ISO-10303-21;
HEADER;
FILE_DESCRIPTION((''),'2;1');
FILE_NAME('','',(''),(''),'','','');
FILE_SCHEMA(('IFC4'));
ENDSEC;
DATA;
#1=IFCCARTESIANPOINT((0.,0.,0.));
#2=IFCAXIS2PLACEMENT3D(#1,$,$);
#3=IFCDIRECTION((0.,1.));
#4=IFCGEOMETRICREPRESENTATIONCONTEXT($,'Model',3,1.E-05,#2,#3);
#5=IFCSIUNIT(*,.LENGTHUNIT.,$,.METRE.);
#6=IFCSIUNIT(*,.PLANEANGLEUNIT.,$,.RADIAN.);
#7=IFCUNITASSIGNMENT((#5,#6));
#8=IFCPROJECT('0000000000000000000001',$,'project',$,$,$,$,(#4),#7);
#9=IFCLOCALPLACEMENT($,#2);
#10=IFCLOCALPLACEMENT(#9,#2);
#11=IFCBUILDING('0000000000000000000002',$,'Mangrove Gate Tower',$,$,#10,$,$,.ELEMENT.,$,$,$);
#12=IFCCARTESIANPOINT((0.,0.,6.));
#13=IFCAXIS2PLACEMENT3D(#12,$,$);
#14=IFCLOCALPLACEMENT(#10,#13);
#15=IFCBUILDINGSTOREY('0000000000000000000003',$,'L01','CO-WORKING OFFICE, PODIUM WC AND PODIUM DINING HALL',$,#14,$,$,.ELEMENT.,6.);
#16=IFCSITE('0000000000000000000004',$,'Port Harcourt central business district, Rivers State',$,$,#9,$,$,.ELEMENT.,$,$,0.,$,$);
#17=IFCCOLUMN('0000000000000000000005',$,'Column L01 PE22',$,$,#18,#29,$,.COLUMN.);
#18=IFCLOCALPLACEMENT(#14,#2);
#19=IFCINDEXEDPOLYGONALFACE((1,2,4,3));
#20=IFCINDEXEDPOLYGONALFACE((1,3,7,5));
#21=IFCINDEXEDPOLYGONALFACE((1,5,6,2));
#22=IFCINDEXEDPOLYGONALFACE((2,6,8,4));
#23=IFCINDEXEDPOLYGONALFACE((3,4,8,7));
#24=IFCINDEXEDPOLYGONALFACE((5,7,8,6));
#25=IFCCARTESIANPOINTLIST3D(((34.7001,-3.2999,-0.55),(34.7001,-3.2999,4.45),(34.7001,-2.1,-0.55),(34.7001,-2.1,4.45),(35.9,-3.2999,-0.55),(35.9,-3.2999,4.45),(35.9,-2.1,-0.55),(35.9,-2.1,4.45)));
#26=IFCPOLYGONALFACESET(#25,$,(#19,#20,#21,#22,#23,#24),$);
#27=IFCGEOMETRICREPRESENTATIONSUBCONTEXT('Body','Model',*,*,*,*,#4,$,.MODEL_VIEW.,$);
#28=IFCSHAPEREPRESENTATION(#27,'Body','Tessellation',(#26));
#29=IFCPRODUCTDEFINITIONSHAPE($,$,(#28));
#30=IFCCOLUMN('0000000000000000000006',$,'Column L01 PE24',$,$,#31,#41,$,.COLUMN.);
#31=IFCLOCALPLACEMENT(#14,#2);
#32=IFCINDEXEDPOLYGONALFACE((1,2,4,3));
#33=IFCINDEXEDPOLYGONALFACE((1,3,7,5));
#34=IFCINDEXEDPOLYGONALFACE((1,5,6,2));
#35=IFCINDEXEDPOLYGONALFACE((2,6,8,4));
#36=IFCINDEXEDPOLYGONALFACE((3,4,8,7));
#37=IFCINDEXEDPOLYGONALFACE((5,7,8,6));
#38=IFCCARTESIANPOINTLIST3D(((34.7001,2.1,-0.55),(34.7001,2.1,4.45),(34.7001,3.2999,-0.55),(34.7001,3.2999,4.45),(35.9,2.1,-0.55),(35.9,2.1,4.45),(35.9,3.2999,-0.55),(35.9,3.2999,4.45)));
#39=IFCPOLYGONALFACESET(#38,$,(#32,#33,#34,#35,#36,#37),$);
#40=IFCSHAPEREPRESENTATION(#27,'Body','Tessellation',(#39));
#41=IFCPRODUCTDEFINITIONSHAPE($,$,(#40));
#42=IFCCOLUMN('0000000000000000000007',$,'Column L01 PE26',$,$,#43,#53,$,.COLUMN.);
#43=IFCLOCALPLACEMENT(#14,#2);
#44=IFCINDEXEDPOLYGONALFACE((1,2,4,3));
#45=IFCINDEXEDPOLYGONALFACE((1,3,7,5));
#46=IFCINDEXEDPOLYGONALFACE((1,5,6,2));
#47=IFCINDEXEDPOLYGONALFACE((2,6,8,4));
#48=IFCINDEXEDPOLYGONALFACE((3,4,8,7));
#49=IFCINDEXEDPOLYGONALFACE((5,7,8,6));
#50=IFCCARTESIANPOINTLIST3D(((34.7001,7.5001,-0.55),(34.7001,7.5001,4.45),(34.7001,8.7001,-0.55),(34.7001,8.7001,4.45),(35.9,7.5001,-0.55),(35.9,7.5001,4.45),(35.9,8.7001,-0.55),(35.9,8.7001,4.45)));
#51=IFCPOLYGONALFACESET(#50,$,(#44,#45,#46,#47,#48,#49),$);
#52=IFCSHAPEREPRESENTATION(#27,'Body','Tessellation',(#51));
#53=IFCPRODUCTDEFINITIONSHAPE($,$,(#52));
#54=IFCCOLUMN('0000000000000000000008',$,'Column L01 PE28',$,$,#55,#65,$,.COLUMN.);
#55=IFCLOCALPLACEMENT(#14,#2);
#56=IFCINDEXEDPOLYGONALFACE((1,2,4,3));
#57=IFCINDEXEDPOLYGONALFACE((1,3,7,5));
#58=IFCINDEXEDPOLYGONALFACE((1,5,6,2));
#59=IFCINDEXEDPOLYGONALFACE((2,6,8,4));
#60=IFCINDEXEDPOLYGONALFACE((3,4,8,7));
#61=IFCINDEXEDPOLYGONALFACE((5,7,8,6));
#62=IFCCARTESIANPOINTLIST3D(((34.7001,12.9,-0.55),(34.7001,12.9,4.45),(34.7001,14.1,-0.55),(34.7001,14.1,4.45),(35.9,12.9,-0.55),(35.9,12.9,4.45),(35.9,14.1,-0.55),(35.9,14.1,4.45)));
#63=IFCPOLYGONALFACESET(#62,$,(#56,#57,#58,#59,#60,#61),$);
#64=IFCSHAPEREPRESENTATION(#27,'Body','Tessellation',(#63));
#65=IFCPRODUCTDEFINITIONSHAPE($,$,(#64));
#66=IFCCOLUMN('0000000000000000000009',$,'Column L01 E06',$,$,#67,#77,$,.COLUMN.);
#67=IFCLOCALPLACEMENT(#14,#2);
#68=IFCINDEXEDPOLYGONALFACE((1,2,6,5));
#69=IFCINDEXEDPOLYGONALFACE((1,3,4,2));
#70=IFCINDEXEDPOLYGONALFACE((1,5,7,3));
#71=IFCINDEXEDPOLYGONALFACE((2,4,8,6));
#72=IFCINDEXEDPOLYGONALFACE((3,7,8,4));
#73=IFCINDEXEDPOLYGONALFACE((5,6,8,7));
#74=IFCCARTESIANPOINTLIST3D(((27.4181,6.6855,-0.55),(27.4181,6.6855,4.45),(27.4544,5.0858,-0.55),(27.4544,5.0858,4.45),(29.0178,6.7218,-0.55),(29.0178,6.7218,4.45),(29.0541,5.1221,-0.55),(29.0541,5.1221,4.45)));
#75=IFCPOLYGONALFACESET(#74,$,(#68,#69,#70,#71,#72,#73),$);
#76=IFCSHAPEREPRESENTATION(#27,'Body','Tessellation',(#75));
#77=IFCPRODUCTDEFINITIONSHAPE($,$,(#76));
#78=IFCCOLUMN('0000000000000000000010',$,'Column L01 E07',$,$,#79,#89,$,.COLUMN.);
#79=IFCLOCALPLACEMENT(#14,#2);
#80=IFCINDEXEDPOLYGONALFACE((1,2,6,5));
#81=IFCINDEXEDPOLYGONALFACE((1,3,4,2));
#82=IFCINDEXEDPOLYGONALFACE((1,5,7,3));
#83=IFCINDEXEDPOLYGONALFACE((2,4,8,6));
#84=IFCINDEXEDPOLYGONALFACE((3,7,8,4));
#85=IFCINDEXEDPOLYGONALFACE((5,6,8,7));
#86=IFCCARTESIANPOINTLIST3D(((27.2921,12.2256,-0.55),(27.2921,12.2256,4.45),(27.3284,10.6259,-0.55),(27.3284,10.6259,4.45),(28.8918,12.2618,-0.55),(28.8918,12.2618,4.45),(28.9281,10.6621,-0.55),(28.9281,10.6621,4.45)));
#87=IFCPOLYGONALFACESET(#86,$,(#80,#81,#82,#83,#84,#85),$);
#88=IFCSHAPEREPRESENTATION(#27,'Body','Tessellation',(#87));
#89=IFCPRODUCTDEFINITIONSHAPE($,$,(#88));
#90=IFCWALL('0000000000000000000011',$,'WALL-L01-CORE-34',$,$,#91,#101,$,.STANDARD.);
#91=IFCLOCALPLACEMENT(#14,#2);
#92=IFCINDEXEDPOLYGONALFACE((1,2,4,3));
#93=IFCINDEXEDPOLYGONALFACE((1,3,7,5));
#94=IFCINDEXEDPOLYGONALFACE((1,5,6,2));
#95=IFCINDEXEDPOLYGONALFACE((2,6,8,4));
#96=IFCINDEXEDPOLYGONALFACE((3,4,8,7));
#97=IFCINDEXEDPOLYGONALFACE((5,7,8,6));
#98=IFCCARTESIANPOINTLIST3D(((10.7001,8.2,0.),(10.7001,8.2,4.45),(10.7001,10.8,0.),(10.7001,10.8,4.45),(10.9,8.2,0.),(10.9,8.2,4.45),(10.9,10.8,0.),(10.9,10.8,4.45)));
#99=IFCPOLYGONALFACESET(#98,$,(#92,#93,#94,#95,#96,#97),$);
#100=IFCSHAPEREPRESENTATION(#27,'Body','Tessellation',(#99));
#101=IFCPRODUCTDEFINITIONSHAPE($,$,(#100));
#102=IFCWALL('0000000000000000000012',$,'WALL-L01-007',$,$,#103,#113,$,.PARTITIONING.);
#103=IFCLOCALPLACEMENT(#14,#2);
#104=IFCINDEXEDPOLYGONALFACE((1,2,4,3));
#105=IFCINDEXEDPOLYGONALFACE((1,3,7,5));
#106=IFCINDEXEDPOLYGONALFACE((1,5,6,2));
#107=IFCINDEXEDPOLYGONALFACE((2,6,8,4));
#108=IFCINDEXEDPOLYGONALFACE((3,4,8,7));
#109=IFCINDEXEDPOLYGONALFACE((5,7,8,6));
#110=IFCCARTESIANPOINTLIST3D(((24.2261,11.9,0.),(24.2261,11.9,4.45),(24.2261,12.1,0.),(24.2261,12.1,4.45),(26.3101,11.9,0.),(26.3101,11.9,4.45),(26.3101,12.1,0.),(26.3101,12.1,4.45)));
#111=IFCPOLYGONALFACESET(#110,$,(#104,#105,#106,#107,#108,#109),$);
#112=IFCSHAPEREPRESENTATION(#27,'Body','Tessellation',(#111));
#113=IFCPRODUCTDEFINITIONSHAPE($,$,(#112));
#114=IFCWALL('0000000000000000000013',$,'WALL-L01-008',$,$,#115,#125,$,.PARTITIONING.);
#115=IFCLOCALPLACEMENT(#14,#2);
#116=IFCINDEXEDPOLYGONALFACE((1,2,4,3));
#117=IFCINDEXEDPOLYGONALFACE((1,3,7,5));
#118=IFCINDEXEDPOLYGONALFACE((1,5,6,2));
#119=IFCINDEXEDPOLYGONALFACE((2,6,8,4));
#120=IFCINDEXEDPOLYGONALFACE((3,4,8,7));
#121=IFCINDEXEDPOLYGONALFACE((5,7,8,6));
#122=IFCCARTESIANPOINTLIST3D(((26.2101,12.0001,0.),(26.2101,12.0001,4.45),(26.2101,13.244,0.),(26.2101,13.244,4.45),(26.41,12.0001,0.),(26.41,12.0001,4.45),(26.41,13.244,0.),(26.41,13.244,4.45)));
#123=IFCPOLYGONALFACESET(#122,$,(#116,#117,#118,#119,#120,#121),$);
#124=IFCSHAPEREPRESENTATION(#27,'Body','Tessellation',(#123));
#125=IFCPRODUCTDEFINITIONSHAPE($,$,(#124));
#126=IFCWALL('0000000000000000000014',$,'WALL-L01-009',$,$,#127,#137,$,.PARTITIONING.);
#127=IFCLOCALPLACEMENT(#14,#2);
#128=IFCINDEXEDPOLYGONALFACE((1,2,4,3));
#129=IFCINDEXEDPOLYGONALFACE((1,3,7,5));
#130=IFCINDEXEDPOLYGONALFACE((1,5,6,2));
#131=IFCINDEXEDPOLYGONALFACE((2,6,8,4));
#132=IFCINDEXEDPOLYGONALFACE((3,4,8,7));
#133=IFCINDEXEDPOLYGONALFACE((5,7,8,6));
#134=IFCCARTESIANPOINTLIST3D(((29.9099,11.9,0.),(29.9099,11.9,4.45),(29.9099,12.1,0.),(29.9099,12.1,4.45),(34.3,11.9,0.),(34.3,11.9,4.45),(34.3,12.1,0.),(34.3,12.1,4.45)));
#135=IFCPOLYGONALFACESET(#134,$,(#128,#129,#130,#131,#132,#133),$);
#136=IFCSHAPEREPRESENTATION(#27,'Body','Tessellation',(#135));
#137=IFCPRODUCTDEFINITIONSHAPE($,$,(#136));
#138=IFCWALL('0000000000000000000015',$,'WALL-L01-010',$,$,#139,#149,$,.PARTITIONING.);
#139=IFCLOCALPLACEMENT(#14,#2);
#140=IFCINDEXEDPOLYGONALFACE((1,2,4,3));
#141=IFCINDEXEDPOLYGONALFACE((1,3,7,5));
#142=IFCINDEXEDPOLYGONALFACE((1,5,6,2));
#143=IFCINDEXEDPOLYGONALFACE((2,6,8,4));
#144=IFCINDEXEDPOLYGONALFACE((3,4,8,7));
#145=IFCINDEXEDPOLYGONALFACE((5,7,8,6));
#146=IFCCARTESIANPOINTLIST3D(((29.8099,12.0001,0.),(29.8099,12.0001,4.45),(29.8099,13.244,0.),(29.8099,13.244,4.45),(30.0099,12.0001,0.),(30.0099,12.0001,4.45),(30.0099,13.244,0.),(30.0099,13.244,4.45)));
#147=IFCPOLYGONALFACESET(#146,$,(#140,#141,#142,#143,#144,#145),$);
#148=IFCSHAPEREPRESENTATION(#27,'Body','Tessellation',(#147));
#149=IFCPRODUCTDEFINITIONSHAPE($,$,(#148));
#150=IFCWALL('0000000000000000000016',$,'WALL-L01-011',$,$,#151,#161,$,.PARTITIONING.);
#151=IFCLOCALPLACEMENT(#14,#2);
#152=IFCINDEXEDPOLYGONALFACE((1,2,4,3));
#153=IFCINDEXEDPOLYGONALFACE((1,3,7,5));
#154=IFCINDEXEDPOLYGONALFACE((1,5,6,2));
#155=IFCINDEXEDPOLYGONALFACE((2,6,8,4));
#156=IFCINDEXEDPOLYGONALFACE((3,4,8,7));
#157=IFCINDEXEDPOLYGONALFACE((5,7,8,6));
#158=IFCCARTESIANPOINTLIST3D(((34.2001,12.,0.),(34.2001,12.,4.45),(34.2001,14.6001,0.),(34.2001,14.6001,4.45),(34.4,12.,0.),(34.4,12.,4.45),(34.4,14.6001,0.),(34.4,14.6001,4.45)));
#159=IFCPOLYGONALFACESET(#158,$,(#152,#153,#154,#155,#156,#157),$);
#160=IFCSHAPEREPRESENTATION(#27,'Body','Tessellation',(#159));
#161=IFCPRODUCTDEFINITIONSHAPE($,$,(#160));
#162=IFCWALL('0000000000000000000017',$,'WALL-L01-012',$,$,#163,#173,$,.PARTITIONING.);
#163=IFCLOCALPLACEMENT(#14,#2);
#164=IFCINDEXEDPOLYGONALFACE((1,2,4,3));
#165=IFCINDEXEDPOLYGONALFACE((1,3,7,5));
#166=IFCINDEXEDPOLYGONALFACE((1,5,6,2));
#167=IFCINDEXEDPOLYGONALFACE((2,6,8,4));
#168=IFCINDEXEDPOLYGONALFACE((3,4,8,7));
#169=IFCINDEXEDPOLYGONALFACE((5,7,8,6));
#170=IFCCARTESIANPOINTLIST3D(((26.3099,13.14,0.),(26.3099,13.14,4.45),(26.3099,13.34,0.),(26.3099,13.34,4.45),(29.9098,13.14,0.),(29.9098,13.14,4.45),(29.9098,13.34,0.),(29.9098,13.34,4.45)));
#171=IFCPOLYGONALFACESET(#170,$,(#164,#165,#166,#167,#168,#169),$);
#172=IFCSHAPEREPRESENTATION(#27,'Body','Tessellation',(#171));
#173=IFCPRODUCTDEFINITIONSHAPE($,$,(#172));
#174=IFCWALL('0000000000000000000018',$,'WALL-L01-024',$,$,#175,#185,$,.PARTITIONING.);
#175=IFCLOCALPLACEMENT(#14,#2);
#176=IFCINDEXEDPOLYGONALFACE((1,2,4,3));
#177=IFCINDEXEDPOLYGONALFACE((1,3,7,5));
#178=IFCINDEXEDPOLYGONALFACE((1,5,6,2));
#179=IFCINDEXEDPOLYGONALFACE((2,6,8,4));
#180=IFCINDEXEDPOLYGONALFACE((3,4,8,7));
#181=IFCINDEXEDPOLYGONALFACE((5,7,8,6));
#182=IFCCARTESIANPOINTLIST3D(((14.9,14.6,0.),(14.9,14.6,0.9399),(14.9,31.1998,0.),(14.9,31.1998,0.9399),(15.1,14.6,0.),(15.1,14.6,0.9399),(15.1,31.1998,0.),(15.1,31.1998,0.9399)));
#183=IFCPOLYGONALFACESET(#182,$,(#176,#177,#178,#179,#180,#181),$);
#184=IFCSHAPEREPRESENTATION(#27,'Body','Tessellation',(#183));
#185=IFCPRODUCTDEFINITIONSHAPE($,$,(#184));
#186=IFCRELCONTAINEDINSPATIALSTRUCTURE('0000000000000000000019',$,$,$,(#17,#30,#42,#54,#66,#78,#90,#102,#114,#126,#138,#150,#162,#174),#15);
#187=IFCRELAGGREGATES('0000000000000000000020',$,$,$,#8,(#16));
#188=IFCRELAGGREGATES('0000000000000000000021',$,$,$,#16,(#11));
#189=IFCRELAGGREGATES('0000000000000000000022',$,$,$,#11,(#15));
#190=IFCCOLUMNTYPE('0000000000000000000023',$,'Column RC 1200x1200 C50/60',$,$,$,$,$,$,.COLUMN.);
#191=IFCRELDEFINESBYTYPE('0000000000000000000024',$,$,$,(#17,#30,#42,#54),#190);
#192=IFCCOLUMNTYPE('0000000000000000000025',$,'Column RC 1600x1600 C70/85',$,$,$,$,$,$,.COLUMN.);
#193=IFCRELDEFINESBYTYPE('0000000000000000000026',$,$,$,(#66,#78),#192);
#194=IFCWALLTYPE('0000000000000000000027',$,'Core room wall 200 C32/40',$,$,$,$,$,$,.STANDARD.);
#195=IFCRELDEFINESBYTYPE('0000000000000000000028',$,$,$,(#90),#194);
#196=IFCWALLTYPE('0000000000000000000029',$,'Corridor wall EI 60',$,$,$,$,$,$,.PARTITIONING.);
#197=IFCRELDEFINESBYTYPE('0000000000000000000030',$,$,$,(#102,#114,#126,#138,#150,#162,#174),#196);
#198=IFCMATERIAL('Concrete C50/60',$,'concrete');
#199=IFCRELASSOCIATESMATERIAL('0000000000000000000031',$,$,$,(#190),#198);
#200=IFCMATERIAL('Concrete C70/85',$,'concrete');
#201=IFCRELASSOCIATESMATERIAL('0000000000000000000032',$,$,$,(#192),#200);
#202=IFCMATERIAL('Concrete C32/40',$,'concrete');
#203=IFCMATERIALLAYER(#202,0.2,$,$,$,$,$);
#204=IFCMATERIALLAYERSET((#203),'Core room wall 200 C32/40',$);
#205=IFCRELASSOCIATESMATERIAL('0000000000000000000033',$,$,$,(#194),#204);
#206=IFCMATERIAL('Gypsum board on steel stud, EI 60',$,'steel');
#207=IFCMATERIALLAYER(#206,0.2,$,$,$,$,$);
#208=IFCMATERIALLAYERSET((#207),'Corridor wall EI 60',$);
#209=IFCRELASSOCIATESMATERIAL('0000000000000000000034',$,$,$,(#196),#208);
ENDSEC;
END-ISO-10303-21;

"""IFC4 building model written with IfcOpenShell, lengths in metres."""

from ifc_helpers import new_model, si_unit, direction, frame, frame_2d, origin, origin_2d, place, context, subcontext, project, spatial, rectangle, extrude, material, layer, layer_set, material_profile, profile_set, type_object, element, save


model = new_model("IFC4")

# Units and contexts
model_context = context("Model", 3, precision=1e-05, world=origin(), true_north=direction((0.0, 1.0)))
body_context = subcontext(model_context, "Body", "Model", "MODEL_VIEW")
ifc_project = project(units=[si_unit("LENGTHUNIT", "METRE"), si_unit("PLANEANGLEUNIT", "RADIAN")], contexts=[model_context])

# Site, building, storey
site_placement = place(None, origin())
site = spatial("IfcSite", under=ifc_project, at=site_placement, Name="Port Harcourt central business district, Rivers State", CompositionType="ELEMENT", RefElevation=0.0)
building_placement = place(site_placement, origin())
building = spatial("IfcBuilding", under=site, at=building_placement, Name="Mangrove Gate Tower", CompositionType="ELEMENT")
storey_placement = place(building_placement, frame((0.0, 0.0, 6.0)))
storey = spatial("IfcBuildingStorey", under=building, at=storey_placement, Name="L01", Description="CO-WORKING OFFICE, PODIUM WC AND PODIUM DINING HALL", CompositionType="ELEMENT", Elevation=6.0)

# Columns
ifc_material_1 = material(Name="Concrete C50/60", Category="concrete")
ifc_material_profile_1 = material_profile(ifc_material_1, rectangle(XDim=1.2, YDim=1.2, at=origin_2d()))
ifc_profile_set_1 = profile_set([ifc_material_profile_1], Name="Concrete C50/60")
column_type_1 = type_object("IfcColumnType", Name="Column RC 1200x1200 C50/60", PredefinedType="COLUMN", material=ifc_profile_set_1)
for number, where, z_axis, x_axis, name in (
    (1, (35.3, -2.7, -0.55), (0.0, 0.0, 1.0), (1.0, 0.0, 0.0), "Column L01 PE22"),
    (2, (35.3, 2.7, -0.55), (0.0, 0.0, 1.0), (1.0, 0.0, 0.0), "Column L01 PE24"),
    (3, (35.3, 8.1001, -0.55), (0.0, 0.0, 1.0), (1.0, 0.0, 0.0), "Column L01 PE26"),
    (4, (35.3, 13.5, -0.55), (0.0, 0.0, 1.0), (1.0, 0.0, 0.0), "Column L01 PE28"),
):
    element("IfcColumn", number, at=place(storey_placement, frame(where, z_axis=z_axis, x_axis=x_axis)), inside=storey, type_object=column_type_1, Name=name, PredefinedType="COLUMN", context=body_context, shape_type="SweptSolid", body=[
        extrude(rectangle(XDim=1.2, YDim=1.2, at=origin_2d()), origin(), (0.0, 0.0, 1.0), 5.0),
    ])
ifc_material_2 = material(Name="Concrete C70/85", Category="concrete")
ifc_material_profile_2 = material_profile(ifc_material_2, rectangle(XDim=1.6001, YDim=1.6001, at=origin_2d()))
ifc_profile_set_2 = profile_set([ifc_material_profile_2], Name="Concrete C70/85")
column_type_2 = type_object("IfcColumnType", Name="Column RC 1600x1600 C70/85", PredefinedType="COLUMN", material=ifc_profile_set_2)
for number, where, z_axis, x_axis, name in (
    (5, (28.2361, 5.9038, -0.55), (0.0, 0.0, 1.0), (-0.022704, 0.999742, 0.0), "Column L01 E06"),
    (6, (28.1101, 11.4438, -0.55), (0.0, 0.0, 1.0), (-0.022646, 0.999744, 0.0), "Column L01 E07"),
):
    element("IfcColumn", number, at=place(storey_placement, frame(where, z_axis=z_axis, x_axis=x_axis)), inside=storey, type_object=column_type_2, Name=name, PredefinedType="COLUMN", context=body_context, shape_type="SweptSolid", body=[
        extrude(rectangle(XDim=1.6001, YDim=1.6001, at=origin_2d()), origin(), (0.0, 0.0, 1.0), 5.0),
    ])

# Walls
ifc_material_3 = material(Name="Concrete C32/40", Category="concrete")
ifc_layer_1 = layer(ifc_material_3, 0.2)
ifc_layer_set_1 = layer_set([ifc_layer_1], Name="Core room wall 200 C32/40")
wall_type_1 = type_object("IfcWallType", Name="Core room wall 200 C32/40", PredefinedType="STANDARD", material=ifc_layer_set_1)
wall_1_placement = place(storey_placement, frame((10.8, 8.2, 0.0), z_axis=(0.0, 0.0, 1.0), x_axis=(0.0, 1.0, 0.0)))
element("IfcWall", 7, at=wall_1_placement, inside=storey, type_object=wall_type_1, Name="WALL-L01-CORE-34", PredefinedType="STANDARD", context=body_context, shape_type="SweptSolid", body=[
    extrude(rectangle(XDim=2.6001, YDim=0.2, at=frame_2d((1.3, 0.0))), origin(), (0.0, 0.0, 1.0), 4.45),
])
ifc_material_4 = material(Name="Gypsum board on steel stud, EI 60", Category="steel")
ifc_layer_2 = layer(ifc_material_4, 0.2)
ifc_layer_set_2 = layer_set([ifc_layer_2], Name="Corridor wall EI 60")
wall_type_2 = type_object("IfcWallType", Name="Corridor wall EI 60", PredefinedType="PARTITIONING", material=ifc_layer_set_2)
wall_2_placement = place(storey_placement, frame((24.2261, 12.0, 0.0), z_axis=(0.0, 0.0, 1.0), x_axis=(1.0, 0.0, 0.0)))
element("IfcWall", 8, at=wall_2_placement, inside=storey, type_object=wall_type_2, Name="WALL-L01-007", PredefinedType="PARTITIONING", context=body_context, shape_type="SweptSolid", body=[
    extrude(rectangle(XDim=2.084, YDim=0.2, at=frame_2d((1.042, 0.0))), origin(), (0.0, 0.0, 1.0), 4.45),
])
wall_3_placement = place(storey_placement, frame((26.3101, 12.0, 0.0), z_axis=(0.0, 0.0, 1.0), x_axis=(0.0, 1.0, 0.0)))
element("IfcWall", 9, at=wall_3_placement, inside=storey, type_object=wall_type_2, Name="WALL-L01-008", PredefinedType="PARTITIONING", context=body_context, shape_type="SweptSolid", body=[
    extrude(rectangle(XDim=1.2439, YDim=0.2, at=frame_2d((0.6221, 0.0))), origin(), (0.0, 0.0, 1.0), 4.45),
])
wall_4_placement = place(storey_placement, frame((29.9099, 12.0, 0.0), z_axis=(0.0, 0.0, 1.0), x_axis=(1.0, 0.0, 0.0)))
element("IfcWall", 10, at=wall_4_placement, inside=storey, type_object=wall_type_2, Name="WALL-L01-009", PredefinedType="PARTITIONING", context=body_context, shape_type="SweptSolid", body=[
    extrude(rectangle(XDim=4.3901, YDim=0.2, at=frame_2d((2.1951, 0.0))), origin(), (0.0, 0.0, 1.0), 4.45),
])
wall_5_placement = place(storey_placement, frame((29.9099, 12.0, 0.0), z_axis=(0.0, 0.0, 1.0), x_axis=(0.0, 1.0, 0.0)))
element("IfcWall", 11, at=wall_5_placement, inside=storey, type_object=wall_type_2, Name="WALL-L01-010", PredefinedType="PARTITIONING", context=body_context, shape_type="SweptSolid", body=[
    extrude(rectangle(XDim=1.2439, YDim=0.2, at=frame_2d((0.6221, 0.0))), origin(), (0.0, 0.0, 1.0), 4.45),
])
wall_6_placement = place(storey_placement, frame((34.3, 12.0, 0.0), z_axis=(0.0, 0.0, 1.0), x_axis=(0.0, 1.0, 0.0)))
element("IfcWall", 12, at=wall_6_placement, inside=storey, type_object=wall_type_2, Name="WALL-L01-011", PredefinedType="PARTITIONING", context=body_context, shape_type="SweptSolid", body=[
    extrude(rectangle(XDim=2.6001, YDim=0.2, at=frame_2d((1.3, 0.0))), origin(), (0.0, 0.0, 1.0), 4.45),
])
wall_7_placement = place(storey_placement, frame((26.3101, 13.24, 0.0), z_axis=(0.0, 0.0, 1.0), x_axis=(1.0, 0.0, 0.0)))
element("IfcWall", 13, at=wall_7_placement, inside=storey, type_object=wall_type_2, Name="WALL-L01-012", PredefinedType="PARTITIONING", context=body_context, shape_type="SweptSolid", body=[
    extrude(rectangle(XDim=3.5999, YDim=0.2, at=frame_2d((1.7998, 0.0))), origin(), (0.0, 0.0, 1.0), 4.45),
])
wall_8_placement = place(storey_placement, frame((15.0, 14.6001, 0.0), z_axis=(0.0, 0.0, 1.0), x_axis=(0.0, 1.0, 0.0)))
element("IfcWall", 14, at=wall_8_placement, inside=storey, type_object=wall_type_2, Name="WALL-L01-024", PredefinedType="PARTITIONING", context=body_context, shape_type="SweptSolid", body=[
    extrude(rectangle(XDim=16.5999, YDim=0.2, at=frame_2d((8.2998, 0.0))), origin(), (0.0, 0.0, 1.0), 0.9399),
])

save(model, "model.ifc")
